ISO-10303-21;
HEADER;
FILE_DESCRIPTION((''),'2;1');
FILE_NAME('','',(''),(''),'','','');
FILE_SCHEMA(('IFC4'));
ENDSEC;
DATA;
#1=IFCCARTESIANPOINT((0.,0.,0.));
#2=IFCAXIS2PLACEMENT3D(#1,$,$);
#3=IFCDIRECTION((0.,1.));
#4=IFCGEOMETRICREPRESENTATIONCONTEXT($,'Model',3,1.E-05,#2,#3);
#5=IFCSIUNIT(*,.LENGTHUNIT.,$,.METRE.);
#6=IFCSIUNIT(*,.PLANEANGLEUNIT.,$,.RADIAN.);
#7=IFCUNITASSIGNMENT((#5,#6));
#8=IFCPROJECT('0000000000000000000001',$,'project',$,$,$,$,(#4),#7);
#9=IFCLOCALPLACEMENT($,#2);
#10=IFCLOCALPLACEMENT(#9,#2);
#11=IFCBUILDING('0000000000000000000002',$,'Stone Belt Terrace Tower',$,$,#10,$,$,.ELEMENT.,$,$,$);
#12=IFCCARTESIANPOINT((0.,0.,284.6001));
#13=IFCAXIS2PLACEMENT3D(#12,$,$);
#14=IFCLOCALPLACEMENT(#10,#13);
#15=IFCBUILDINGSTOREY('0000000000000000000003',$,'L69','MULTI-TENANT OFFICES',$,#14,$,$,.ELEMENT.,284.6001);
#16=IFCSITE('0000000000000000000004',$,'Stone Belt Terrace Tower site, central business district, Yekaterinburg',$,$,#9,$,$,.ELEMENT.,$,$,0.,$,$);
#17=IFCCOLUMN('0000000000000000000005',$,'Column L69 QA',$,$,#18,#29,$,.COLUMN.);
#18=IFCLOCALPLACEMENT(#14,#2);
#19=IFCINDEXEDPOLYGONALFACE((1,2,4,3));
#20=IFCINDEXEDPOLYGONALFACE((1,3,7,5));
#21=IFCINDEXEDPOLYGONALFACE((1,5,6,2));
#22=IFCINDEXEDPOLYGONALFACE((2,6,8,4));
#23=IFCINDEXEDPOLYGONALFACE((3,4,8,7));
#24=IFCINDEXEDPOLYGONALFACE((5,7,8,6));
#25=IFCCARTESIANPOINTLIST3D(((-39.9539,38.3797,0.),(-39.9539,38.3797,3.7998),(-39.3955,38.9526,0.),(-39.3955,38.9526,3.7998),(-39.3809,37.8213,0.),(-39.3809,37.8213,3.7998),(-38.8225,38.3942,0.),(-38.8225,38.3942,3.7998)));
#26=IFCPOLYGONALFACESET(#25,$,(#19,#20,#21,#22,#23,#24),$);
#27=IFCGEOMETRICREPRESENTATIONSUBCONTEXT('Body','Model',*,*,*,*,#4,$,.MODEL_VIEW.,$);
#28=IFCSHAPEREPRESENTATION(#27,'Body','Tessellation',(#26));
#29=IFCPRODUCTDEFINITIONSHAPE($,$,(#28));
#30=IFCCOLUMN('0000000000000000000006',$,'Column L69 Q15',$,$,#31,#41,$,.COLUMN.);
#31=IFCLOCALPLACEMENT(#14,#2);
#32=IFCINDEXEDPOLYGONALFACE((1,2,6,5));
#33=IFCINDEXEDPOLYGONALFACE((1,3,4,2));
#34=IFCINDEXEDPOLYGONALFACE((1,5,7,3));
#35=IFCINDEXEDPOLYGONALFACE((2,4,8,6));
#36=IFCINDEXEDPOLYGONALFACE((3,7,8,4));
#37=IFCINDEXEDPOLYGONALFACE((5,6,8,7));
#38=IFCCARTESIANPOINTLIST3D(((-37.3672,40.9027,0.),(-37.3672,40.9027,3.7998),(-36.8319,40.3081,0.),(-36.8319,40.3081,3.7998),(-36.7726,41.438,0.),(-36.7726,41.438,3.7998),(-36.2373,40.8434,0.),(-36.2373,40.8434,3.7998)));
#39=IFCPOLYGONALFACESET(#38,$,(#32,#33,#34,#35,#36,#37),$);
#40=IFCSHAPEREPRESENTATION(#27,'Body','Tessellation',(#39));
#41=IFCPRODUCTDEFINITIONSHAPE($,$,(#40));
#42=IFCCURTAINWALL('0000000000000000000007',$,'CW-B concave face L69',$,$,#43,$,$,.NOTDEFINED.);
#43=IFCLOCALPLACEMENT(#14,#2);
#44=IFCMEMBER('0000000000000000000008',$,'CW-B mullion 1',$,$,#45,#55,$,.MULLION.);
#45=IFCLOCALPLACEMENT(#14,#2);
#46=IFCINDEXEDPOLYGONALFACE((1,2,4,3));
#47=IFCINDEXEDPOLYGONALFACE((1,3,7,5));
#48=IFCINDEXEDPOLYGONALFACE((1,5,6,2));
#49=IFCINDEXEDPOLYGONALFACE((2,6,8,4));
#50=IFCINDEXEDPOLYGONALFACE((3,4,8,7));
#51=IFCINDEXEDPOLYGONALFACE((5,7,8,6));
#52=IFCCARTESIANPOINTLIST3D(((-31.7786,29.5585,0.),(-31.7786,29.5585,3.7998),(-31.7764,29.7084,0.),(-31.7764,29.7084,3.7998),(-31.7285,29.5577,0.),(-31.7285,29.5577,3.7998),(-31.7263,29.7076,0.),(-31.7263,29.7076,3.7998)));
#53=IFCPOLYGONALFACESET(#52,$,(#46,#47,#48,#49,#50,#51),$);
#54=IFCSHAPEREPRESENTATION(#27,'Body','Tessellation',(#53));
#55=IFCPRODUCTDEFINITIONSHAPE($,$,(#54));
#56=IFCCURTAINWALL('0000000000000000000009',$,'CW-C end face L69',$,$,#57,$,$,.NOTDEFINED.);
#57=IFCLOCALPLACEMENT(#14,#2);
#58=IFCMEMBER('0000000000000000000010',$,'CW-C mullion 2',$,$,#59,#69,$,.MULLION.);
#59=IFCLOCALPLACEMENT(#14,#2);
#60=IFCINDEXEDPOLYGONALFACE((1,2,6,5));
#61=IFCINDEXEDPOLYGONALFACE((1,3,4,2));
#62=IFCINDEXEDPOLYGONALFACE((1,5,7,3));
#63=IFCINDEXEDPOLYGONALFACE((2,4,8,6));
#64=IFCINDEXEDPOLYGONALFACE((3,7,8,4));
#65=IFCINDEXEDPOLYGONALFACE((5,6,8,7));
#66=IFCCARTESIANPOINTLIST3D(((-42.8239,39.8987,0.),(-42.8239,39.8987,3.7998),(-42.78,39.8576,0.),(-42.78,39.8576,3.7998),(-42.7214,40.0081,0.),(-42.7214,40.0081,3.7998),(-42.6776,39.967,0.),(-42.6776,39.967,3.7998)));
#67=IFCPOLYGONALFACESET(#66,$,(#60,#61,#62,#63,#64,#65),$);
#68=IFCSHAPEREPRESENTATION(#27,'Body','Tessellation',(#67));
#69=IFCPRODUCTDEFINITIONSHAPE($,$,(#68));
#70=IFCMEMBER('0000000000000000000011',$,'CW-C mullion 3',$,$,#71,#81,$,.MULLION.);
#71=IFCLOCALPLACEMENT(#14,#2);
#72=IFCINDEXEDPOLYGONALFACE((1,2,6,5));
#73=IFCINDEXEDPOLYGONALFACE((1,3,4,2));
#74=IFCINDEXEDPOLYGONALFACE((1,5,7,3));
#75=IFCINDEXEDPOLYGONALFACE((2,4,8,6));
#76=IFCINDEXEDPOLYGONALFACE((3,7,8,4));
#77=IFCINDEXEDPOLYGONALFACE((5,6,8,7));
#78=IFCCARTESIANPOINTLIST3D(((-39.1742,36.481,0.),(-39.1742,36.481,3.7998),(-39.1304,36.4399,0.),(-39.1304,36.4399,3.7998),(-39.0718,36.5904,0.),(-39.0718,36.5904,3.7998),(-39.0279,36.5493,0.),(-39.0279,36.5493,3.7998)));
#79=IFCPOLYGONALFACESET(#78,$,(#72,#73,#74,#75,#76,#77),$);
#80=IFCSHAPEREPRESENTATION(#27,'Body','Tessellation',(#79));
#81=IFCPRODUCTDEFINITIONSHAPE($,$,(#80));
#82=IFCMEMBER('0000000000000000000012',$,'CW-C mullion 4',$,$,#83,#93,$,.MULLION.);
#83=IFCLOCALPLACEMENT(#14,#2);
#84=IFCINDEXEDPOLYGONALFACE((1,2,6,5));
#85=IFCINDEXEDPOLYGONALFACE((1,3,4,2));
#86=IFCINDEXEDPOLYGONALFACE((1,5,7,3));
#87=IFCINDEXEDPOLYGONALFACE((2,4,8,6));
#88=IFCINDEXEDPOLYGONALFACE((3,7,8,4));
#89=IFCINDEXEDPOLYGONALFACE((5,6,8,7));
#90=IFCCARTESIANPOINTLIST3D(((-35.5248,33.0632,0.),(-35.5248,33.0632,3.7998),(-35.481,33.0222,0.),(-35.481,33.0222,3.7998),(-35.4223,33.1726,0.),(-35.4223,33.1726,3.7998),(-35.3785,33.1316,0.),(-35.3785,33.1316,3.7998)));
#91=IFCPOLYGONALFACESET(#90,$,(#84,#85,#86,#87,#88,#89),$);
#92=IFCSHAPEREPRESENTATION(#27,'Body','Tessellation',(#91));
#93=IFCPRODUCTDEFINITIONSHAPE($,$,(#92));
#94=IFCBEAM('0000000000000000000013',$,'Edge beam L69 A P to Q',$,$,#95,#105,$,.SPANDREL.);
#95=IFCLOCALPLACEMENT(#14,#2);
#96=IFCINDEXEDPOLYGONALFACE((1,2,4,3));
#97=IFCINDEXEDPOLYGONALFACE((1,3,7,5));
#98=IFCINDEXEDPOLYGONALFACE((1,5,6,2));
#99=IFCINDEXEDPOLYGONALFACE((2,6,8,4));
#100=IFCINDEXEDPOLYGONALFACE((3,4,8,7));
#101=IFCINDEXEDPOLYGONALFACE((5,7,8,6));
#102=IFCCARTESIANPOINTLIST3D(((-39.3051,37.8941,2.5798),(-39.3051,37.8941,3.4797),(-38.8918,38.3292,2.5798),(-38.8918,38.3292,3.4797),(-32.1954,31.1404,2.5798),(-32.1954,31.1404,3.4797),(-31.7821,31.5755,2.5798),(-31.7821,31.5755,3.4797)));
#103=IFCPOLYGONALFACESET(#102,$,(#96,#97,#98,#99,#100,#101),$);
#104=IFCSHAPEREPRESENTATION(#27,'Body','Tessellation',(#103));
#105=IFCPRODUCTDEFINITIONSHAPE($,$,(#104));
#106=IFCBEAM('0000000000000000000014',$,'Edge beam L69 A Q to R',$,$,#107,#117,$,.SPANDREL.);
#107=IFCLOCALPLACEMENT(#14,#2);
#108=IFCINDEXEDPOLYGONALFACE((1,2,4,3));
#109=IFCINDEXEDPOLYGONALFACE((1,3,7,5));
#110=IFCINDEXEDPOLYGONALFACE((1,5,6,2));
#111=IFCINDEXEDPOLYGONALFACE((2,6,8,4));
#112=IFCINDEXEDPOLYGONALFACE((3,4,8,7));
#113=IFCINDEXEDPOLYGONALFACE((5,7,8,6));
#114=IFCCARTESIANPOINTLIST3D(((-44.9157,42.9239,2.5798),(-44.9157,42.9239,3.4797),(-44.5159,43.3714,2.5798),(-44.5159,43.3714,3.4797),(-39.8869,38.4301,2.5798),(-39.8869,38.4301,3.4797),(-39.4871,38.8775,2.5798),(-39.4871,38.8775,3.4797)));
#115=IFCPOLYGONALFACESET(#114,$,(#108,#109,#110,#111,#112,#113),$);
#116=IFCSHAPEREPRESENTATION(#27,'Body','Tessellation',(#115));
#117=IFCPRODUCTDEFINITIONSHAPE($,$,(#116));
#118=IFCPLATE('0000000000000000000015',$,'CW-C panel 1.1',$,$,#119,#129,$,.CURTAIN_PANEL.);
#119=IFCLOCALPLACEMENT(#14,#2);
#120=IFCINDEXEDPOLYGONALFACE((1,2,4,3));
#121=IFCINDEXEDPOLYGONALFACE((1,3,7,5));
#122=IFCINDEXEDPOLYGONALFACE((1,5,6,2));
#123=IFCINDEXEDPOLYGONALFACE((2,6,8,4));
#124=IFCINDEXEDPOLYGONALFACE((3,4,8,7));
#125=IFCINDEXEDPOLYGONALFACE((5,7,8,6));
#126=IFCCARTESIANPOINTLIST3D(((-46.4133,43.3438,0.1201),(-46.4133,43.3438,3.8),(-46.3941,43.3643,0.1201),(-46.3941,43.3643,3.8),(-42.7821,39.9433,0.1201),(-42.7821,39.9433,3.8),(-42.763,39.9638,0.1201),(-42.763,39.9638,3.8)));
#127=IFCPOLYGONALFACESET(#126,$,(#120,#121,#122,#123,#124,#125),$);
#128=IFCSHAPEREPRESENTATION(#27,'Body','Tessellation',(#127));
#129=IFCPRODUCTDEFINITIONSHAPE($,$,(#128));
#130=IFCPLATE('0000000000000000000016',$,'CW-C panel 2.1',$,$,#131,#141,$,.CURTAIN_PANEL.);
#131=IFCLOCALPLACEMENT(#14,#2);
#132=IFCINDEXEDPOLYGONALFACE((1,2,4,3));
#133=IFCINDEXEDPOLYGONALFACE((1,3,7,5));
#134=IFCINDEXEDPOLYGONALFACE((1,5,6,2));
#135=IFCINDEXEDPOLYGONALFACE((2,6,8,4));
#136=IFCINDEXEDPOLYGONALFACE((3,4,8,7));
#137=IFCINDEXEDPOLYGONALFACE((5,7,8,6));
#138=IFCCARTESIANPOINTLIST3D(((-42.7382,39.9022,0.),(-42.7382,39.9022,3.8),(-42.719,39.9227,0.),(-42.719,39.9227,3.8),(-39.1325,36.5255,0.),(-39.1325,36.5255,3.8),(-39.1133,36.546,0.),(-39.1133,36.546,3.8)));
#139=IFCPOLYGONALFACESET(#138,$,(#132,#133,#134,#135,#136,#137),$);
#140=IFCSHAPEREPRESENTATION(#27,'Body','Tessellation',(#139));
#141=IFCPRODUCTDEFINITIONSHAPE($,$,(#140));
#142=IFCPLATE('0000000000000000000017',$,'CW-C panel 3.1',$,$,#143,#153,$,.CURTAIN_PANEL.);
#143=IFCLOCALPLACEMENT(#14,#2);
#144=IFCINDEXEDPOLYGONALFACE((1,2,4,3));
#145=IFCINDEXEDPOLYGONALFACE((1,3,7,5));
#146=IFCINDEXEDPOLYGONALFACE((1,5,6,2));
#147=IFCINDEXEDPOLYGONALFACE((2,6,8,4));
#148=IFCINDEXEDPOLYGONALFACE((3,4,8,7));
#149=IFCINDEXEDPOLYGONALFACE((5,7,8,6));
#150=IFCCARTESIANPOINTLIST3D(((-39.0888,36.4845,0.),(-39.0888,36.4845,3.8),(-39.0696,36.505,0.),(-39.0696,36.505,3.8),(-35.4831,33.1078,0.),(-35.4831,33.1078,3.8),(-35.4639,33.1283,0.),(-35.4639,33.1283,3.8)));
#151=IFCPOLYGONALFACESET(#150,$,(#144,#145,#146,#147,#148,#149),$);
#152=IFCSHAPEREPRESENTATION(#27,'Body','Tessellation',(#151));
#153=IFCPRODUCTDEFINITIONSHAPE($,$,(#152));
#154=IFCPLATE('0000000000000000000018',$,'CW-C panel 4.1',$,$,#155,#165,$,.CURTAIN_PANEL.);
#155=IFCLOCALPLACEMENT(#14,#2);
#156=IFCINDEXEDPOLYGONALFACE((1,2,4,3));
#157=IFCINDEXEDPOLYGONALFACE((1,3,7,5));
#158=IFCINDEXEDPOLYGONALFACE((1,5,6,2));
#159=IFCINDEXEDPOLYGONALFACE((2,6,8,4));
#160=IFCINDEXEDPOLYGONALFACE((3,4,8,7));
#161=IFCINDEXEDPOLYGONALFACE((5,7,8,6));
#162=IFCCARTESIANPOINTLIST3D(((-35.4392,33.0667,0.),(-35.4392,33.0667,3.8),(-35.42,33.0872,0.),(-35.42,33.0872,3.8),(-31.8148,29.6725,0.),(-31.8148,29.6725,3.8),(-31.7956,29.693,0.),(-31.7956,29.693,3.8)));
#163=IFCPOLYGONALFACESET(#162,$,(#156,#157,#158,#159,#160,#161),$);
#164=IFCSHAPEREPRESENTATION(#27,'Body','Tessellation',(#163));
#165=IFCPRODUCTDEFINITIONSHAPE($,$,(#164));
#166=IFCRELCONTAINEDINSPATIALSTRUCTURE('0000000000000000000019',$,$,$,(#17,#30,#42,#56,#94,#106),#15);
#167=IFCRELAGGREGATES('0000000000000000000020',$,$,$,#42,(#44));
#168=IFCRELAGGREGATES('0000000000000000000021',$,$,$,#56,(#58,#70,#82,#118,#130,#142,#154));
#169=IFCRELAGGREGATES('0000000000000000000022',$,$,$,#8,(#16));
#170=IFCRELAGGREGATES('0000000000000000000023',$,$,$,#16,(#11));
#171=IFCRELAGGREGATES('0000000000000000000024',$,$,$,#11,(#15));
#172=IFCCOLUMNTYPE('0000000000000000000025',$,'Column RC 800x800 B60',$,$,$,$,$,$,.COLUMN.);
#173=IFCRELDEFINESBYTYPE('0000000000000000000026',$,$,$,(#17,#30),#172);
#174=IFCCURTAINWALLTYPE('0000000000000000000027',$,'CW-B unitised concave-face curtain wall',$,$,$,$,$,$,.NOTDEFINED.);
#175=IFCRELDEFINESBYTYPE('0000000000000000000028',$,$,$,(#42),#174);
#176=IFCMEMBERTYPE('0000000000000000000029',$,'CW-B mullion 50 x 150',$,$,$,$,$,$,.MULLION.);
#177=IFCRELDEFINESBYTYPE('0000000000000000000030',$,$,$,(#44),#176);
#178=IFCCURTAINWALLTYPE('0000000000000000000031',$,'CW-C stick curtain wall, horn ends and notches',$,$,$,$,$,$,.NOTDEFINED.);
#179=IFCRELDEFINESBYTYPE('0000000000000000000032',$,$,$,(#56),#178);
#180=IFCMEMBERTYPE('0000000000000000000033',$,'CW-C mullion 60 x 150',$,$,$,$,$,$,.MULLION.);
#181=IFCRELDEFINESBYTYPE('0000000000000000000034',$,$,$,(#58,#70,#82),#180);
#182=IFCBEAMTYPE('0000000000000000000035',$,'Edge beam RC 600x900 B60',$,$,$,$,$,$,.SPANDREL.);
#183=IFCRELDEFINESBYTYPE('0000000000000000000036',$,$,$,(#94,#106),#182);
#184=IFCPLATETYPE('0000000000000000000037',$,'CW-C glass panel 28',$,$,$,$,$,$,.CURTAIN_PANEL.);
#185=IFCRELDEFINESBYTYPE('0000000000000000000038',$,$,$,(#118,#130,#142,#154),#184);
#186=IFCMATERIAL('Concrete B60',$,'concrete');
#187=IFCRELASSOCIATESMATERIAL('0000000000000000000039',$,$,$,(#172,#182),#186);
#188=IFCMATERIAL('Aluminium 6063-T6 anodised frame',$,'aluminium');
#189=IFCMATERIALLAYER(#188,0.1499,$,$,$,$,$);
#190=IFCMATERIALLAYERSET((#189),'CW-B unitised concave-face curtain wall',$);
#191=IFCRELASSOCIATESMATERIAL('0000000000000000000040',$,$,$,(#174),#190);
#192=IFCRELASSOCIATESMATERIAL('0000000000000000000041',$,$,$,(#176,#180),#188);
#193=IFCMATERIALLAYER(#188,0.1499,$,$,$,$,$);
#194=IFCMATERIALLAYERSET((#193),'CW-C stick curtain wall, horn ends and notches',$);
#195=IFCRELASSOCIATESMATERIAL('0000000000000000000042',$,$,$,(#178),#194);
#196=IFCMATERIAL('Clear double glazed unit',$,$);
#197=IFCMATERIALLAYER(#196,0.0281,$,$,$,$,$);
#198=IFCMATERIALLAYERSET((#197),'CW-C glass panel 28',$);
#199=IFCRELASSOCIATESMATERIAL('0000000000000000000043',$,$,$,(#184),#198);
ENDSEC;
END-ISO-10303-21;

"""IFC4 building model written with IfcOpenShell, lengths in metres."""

from ifc_helpers import new_model, si_unit, direction, frame, origin, origin_2d, place, context, subcontext, project, spatial, rectangle, extrude, material, layer, layer_set, material_profile, profile_set, type_object, element, aggregate, save


model = new_model("IFC4")

# Units and contexts
model_context = context("Model", 3, precision=1e-05, world=origin(), true_north=direction((0.0, 1.0)))
body_context = subcontext(model_context, "Body", "Model", "MODEL_VIEW")
ifc_project = project(units=[si_unit("LENGTHUNIT", "METRE"), si_unit("PLANEANGLEUNIT", "RADIAN")], contexts=[model_context])

# Site, building, storey
site_placement = place(None, origin())
site = spatial("IfcSite", under=ifc_project, at=site_placement, Name="Stone Belt Terrace Tower site, central business district, Yekaterinburg", CompositionType="ELEMENT", RefElevation=0.0)
building_placement = place(site_placement, origin())
building = spatial("IfcBuilding", under=site, at=building_placement, Name="Stone Belt Terrace Tower", CompositionType="ELEMENT")
storey_placement = place(building_placement, frame((0.0, 0.0, 284.6001)))
storey = spatial("IfcBuildingStorey", under=building, at=storey_placement, Name="L69", Description="MULTI-TENANT OFFICES", CompositionType="ELEMENT", Elevation=284.6001)

# Columns
ifc_material_1 = material(Name="Concrete B60", Category="concrete")
ifc_material_profile_1 = material_profile(ifc_material_1, rectangle(XDim=0.8, YDim=0.8, at=origin_2d()), Name="RC 800x800")
ifc_profile_set_1 = profile_set([ifc_material_profile_1], Name="Concrete B60")
column_type = type_object("IfcColumnType", Name="Column RC 800x800 B60", PredefinedType="COLUMN", material=ifc_profile_set_1)
for number, where, z_axis, x_axis, name in (
    (1, (-39.3882, 38.387, 0.0), (0.0, 0.0, 1.0), (0.697944, 0.716152, 0.0), "Column L69 QA"),
    (2, (-36.8022, 40.873, 0.0), (0.0, 0.0, 1.0), (0.743145, 0.669131, 0.0), "Column L69 Q15"),
):
    element("IfcColumn", number, at=place(storey_placement, frame(where, z_axis=z_axis, x_axis=x_axis)), inside=storey, type_object=column_type, Name=name, PredefinedType="COLUMN", context=body_context, shape_type="SweptSolid", body=[
        extrude(rectangle(XDim=0.8, YDim=0.8, at=origin_2d()), origin(), (0.0, 0.0, 1.0), 3.7998),
    ])

# Curtain wall, member
ifc_material_2 = material(Name="Aluminium 6063-T6 anodised frame", Category="aluminium")
ifc_layer_1 = layer(ifc_material_2, 0.1499)
ifc_layer_set_1 = layer_set([ifc_layer_1], Name="CW-B unitised concave-face curtain wall")
curtain_wall_type_1 = type_object("IfcCurtainWallType", Name="CW-B unitised concave-face curtain wall", PredefinedType="NOTDEFINED", material=ifc_layer_set_1)
curtain_wall_1_placement = place(storey_placement, origin())
curtain_wall_1 = element("IfcCurtainWall", 3, at=curtain_wall_1_placement, inside=storey, type_object=curtain_wall_type_1, Name="CW-B concave face L69", PredefinedType="NOTDEFINED")
ifc_material_profile_2 = material_profile(ifc_material_2, rectangle(XDim=0.1499, YDim=0.05, at=origin_2d()), Name="Aluminium 6063-T6 50x150")
ifc_profile_set_2 = profile_set([ifc_material_profile_2], Name="Aluminium 6063-T6 anodised frame")
member_type_1 = type_object("IfcMemberType", Name="CW-B mullion 50 x 150", PredefinedType="MULLION", material=ifc_profile_set_2)
member_1_placement = place(storey_placement, frame((-31.7524, 29.6331, 0.0), z_axis=(0.0, 0.0, 1.0), x_axis=(0.014682, 0.999892, 0.0)))
member_1 = element("IfcMember", 4, at=member_1_placement, type_object=member_type_1, Name="CW-B mullion 1", PredefinedType="MULLION", context=body_context, shape_type="SweptSolid", body=[
    extrude(rectangle(XDim=0.1499, YDim=0.05, at=origin_2d()), origin(), (0.0, 0.0, 1.0), 3.7998),
])
aggregate(curtain_wall_1, [member_1])

# Curtain wall, members
ifc_layer_2 = layer(ifc_material_2, 0.1499)
ifc_layer_set_2 = layer_set([ifc_layer_2], Name="CW-C stick curtain wall, horn ends and notches")
curtain_wall_type_2 = type_object("IfcCurtainWallType", Name="CW-C stick curtain wall, horn ends and notches", PredefinedType="NOTDEFINED", material=ifc_layer_set_2)
curtain_wall_2_placement = place(storey_placement, origin())
curtain_wall_2 = element("IfcCurtainWall", 5, at=curtain_wall_2_placement, inside=storey, type_object=curtain_wall_type_2, Name="CW-C end face L69", PredefinedType="NOTDEFINED")
ifc_material_profile_3 = material_profile(ifc_material_2, rectangle(XDim=0.1499, YDim=0.0601, at=origin_2d()), Name="Aluminium 6063-T6 60x150")
ifc_profile_set_3 = profile_set([ifc_material_profile_3], Name="Aluminium 6063-T6 anodised frame")
member_type_2 = type_object("IfcMemberType", Name="CW-C mullion 60 x 150", PredefinedType="MULLION", material=ifc_profile_set_3)
member_2_placement = place(storey_placement, frame((-42.7507, 39.9329, 0.0), z_axis=(0.0, 0.0, 1.0), x_axis=(0.683549, 0.729904, 0.0)))
member_2 = element("IfcMember", 6, at=member_2_placement, type_object=member_type_2, Name="CW-C mullion 2", PredefinedType="MULLION", context=body_context, shape_type="SweptSolid", body=[
    extrude(rectangle(XDim=0.1499, YDim=0.0601, at=origin_2d()), origin(), (0.0, 0.0, 1.0), 3.7998),
])
member_3_placement = place(storey_placement, frame((-39.1011, 36.5151, 0.0), z_axis=(0.0, 0.0, 1.0), x_axis=(0.683549, 0.729904, 0.0)))
member_3 = element("IfcMember", 7, at=member_3_placement, type_object=member_type_2, Name="CW-C mullion 3", PredefinedType="MULLION", context=body_context, shape_type="SweptSolid", body=[
    extrude(rectangle(XDim=0.1499, YDim=0.0601, at=origin_2d()), origin(), (0.0, 0.0, 1.0), 3.7998),
])
member_4_placement = place(storey_placement, frame((-35.4517, 33.0974, 0.0), z_axis=(0.0, 0.0, 1.0), x_axis=(0.683549, 0.729904, 0.0)))
member_4 = element("IfcMember", 8, at=member_4_placement, type_object=member_type_2, Name="CW-C mullion 4", PredefinedType="MULLION", context=body_context, shape_type="SweptSolid", body=[
    extrude(rectangle(XDim=0.1499, YDim=0.0601, at=origin_2d()), origin(), (0.0, 0.0, 1.0), 3.7998),
])

# Beams
ifc_material_profile_4 = material_profile(ifc_material_1, rectangle(XDim=0.6001, YDim=0.8999, at=origin_2d()), Name="RC 600x900")
ifc_profile_set_4 = profile_set([ifc_material_profile_4], Name="Concrete B60")
beam_type = type_object("IfcBeamType", Name="Edge beam RC 600x900 B60", PredefinedType="SPANDREL", material=ifc_profile_set_4)
beam_1_placement = place(storey_placement, frame((-31.9888, 31.3579, 3.0298), z_axis=(-0.725024, 0.688724, 0.0), x_axis=(-0.688724, -0.725024, 0.0)))
element("IfcBeam", 9, at=beam_1_placement, inside=storey, type_object=beam_type, Name="Edge beam L69 A P to Q", PredefinedType="SPANDREL", context=body_context, shape_type="SweptSolid", body=[
    extrude(rectangle(XDim=0.6001, YDim=0.8999, at=origin_2d()), origin(), (0.0, 0.0, 1.0), 9.8062),
])
beam_2_placement = place(storey_placement, frame((-39.687, 38.6538, 3.0298), z_axis=(-0.745651, 0.666337, 0.0), x_axis=(-0.666337, -0.745651, 0.0)))
element("IfcBeam", 10, at=beam_2_placement, inside=storey, type_object=beam_type, Name="Edge beam L69 A Q to R", PredefinedType="SPANDREL", context=body_context, shape_type="SweptSolid", body=[
    extrude(rectangle(XDim=0.6001, YDim=0.8999, at=origin_2d()), origin(), (0.0, 0.0, 1.0), 6.7441),
])

# Plates
ifc_material_3 = material(Name="Clear double glazed unit")
ifc_layer_3 = layer(ifc_material_3, 0.0281)
ifc_layer_set_3 = layer_set([ifc_layer_3], Name="CW-C glass panel 28")
plate_type = type_object("IfcPlateType", Name="CW-C glass panel 28", PredefinedType="CURTAIN_PANEL", material=ifc_layer_set_3)
plate_1_placement = place(storey_placement, frame((-44.5881, 41.6538, 0.1201), z_axis=(0.0, 0.0, 1.0), x_axis=(0.729904, -0.683549, 0.0)))
plate_1 = element("IfcPlate", 11, at=plate_1_placement, type_object=plate_type, Name="CW-C panel 1.1", PredefinedType="CURTAIN_PANEL", context=body_context, shape_type="SweptSolid", body=[
    extrude(rectangle(XDim=4.9749, YDim=0.0281, at=origin_2d()), origin(), (0.0, 0.0, 1.0), 3.6799),
])
plate_2_placement = place(storey_placement, frame((-40.9258, 38.2241, 0.0), z_axis=(0.0, 0.0, 1.0), x_axis=(0.729904, -0.683549, 0.0)))
plate_2 = element("IfcPlate", 12, at=plate_2_placement, type_object=plate_type, Name="CW-C panel 2.1", PredefinedType="CURTAIN_PANEL", context=body_context, shape_type="SweptSolid", body=[
    extrude(rectangle(XDim=4.9399, YDim=0.0281, at=origin_2d()), origin(), (0.0, 0.0, 1.0), 3.8),
])
plate_3_placement = place(storey_placement, frame((-37.2764, 34.8064, 0.0), z_axis=(0.0, 0.0, 1.0), x_axis=(0.729904, -0.683549, 0.0)))
plate_3 = element("IfcPlate", 13, at=plate_3_placement, type_object=plate_type, Name="CW-C panel 3.1", PredefinedType="CURTAIN_PANEL", context=body_context, shape_type="SweptSolid", body=[
    extrude(rectangle(XDim=4.9399, YDim=0.0281, at=origin_2d()), origin(), (0.0, 0.0, 1.0), 3.8),
])
plate_4_placement = place(storey_placement, frame((-33.6174, 31.3799, 0.0), z_axis=(0.0, 0.0, 1.0), x_axis=(0.729904, -0.683549, 0.0)))
plate_4 = element("IfcPlate", 14, at=plate_4_placement, type_object=plate_type, Name="CW-C panel 4.1", PredefinedType="CURTAIN_PANEL", context=body_context, shape_type="SweptSolid", body=[
    extrude(rectangle(XDim=4.9656, YDim=0.0281, at=origin_2d()), origin(), (0.0, 0.0, 1.0), 3.8),
])
aggregate(curtain_wall_2, [member_2, member_3, member_4, plate_1, plate_2, plate_3, plate_4])

save(model, "model.ifc")
